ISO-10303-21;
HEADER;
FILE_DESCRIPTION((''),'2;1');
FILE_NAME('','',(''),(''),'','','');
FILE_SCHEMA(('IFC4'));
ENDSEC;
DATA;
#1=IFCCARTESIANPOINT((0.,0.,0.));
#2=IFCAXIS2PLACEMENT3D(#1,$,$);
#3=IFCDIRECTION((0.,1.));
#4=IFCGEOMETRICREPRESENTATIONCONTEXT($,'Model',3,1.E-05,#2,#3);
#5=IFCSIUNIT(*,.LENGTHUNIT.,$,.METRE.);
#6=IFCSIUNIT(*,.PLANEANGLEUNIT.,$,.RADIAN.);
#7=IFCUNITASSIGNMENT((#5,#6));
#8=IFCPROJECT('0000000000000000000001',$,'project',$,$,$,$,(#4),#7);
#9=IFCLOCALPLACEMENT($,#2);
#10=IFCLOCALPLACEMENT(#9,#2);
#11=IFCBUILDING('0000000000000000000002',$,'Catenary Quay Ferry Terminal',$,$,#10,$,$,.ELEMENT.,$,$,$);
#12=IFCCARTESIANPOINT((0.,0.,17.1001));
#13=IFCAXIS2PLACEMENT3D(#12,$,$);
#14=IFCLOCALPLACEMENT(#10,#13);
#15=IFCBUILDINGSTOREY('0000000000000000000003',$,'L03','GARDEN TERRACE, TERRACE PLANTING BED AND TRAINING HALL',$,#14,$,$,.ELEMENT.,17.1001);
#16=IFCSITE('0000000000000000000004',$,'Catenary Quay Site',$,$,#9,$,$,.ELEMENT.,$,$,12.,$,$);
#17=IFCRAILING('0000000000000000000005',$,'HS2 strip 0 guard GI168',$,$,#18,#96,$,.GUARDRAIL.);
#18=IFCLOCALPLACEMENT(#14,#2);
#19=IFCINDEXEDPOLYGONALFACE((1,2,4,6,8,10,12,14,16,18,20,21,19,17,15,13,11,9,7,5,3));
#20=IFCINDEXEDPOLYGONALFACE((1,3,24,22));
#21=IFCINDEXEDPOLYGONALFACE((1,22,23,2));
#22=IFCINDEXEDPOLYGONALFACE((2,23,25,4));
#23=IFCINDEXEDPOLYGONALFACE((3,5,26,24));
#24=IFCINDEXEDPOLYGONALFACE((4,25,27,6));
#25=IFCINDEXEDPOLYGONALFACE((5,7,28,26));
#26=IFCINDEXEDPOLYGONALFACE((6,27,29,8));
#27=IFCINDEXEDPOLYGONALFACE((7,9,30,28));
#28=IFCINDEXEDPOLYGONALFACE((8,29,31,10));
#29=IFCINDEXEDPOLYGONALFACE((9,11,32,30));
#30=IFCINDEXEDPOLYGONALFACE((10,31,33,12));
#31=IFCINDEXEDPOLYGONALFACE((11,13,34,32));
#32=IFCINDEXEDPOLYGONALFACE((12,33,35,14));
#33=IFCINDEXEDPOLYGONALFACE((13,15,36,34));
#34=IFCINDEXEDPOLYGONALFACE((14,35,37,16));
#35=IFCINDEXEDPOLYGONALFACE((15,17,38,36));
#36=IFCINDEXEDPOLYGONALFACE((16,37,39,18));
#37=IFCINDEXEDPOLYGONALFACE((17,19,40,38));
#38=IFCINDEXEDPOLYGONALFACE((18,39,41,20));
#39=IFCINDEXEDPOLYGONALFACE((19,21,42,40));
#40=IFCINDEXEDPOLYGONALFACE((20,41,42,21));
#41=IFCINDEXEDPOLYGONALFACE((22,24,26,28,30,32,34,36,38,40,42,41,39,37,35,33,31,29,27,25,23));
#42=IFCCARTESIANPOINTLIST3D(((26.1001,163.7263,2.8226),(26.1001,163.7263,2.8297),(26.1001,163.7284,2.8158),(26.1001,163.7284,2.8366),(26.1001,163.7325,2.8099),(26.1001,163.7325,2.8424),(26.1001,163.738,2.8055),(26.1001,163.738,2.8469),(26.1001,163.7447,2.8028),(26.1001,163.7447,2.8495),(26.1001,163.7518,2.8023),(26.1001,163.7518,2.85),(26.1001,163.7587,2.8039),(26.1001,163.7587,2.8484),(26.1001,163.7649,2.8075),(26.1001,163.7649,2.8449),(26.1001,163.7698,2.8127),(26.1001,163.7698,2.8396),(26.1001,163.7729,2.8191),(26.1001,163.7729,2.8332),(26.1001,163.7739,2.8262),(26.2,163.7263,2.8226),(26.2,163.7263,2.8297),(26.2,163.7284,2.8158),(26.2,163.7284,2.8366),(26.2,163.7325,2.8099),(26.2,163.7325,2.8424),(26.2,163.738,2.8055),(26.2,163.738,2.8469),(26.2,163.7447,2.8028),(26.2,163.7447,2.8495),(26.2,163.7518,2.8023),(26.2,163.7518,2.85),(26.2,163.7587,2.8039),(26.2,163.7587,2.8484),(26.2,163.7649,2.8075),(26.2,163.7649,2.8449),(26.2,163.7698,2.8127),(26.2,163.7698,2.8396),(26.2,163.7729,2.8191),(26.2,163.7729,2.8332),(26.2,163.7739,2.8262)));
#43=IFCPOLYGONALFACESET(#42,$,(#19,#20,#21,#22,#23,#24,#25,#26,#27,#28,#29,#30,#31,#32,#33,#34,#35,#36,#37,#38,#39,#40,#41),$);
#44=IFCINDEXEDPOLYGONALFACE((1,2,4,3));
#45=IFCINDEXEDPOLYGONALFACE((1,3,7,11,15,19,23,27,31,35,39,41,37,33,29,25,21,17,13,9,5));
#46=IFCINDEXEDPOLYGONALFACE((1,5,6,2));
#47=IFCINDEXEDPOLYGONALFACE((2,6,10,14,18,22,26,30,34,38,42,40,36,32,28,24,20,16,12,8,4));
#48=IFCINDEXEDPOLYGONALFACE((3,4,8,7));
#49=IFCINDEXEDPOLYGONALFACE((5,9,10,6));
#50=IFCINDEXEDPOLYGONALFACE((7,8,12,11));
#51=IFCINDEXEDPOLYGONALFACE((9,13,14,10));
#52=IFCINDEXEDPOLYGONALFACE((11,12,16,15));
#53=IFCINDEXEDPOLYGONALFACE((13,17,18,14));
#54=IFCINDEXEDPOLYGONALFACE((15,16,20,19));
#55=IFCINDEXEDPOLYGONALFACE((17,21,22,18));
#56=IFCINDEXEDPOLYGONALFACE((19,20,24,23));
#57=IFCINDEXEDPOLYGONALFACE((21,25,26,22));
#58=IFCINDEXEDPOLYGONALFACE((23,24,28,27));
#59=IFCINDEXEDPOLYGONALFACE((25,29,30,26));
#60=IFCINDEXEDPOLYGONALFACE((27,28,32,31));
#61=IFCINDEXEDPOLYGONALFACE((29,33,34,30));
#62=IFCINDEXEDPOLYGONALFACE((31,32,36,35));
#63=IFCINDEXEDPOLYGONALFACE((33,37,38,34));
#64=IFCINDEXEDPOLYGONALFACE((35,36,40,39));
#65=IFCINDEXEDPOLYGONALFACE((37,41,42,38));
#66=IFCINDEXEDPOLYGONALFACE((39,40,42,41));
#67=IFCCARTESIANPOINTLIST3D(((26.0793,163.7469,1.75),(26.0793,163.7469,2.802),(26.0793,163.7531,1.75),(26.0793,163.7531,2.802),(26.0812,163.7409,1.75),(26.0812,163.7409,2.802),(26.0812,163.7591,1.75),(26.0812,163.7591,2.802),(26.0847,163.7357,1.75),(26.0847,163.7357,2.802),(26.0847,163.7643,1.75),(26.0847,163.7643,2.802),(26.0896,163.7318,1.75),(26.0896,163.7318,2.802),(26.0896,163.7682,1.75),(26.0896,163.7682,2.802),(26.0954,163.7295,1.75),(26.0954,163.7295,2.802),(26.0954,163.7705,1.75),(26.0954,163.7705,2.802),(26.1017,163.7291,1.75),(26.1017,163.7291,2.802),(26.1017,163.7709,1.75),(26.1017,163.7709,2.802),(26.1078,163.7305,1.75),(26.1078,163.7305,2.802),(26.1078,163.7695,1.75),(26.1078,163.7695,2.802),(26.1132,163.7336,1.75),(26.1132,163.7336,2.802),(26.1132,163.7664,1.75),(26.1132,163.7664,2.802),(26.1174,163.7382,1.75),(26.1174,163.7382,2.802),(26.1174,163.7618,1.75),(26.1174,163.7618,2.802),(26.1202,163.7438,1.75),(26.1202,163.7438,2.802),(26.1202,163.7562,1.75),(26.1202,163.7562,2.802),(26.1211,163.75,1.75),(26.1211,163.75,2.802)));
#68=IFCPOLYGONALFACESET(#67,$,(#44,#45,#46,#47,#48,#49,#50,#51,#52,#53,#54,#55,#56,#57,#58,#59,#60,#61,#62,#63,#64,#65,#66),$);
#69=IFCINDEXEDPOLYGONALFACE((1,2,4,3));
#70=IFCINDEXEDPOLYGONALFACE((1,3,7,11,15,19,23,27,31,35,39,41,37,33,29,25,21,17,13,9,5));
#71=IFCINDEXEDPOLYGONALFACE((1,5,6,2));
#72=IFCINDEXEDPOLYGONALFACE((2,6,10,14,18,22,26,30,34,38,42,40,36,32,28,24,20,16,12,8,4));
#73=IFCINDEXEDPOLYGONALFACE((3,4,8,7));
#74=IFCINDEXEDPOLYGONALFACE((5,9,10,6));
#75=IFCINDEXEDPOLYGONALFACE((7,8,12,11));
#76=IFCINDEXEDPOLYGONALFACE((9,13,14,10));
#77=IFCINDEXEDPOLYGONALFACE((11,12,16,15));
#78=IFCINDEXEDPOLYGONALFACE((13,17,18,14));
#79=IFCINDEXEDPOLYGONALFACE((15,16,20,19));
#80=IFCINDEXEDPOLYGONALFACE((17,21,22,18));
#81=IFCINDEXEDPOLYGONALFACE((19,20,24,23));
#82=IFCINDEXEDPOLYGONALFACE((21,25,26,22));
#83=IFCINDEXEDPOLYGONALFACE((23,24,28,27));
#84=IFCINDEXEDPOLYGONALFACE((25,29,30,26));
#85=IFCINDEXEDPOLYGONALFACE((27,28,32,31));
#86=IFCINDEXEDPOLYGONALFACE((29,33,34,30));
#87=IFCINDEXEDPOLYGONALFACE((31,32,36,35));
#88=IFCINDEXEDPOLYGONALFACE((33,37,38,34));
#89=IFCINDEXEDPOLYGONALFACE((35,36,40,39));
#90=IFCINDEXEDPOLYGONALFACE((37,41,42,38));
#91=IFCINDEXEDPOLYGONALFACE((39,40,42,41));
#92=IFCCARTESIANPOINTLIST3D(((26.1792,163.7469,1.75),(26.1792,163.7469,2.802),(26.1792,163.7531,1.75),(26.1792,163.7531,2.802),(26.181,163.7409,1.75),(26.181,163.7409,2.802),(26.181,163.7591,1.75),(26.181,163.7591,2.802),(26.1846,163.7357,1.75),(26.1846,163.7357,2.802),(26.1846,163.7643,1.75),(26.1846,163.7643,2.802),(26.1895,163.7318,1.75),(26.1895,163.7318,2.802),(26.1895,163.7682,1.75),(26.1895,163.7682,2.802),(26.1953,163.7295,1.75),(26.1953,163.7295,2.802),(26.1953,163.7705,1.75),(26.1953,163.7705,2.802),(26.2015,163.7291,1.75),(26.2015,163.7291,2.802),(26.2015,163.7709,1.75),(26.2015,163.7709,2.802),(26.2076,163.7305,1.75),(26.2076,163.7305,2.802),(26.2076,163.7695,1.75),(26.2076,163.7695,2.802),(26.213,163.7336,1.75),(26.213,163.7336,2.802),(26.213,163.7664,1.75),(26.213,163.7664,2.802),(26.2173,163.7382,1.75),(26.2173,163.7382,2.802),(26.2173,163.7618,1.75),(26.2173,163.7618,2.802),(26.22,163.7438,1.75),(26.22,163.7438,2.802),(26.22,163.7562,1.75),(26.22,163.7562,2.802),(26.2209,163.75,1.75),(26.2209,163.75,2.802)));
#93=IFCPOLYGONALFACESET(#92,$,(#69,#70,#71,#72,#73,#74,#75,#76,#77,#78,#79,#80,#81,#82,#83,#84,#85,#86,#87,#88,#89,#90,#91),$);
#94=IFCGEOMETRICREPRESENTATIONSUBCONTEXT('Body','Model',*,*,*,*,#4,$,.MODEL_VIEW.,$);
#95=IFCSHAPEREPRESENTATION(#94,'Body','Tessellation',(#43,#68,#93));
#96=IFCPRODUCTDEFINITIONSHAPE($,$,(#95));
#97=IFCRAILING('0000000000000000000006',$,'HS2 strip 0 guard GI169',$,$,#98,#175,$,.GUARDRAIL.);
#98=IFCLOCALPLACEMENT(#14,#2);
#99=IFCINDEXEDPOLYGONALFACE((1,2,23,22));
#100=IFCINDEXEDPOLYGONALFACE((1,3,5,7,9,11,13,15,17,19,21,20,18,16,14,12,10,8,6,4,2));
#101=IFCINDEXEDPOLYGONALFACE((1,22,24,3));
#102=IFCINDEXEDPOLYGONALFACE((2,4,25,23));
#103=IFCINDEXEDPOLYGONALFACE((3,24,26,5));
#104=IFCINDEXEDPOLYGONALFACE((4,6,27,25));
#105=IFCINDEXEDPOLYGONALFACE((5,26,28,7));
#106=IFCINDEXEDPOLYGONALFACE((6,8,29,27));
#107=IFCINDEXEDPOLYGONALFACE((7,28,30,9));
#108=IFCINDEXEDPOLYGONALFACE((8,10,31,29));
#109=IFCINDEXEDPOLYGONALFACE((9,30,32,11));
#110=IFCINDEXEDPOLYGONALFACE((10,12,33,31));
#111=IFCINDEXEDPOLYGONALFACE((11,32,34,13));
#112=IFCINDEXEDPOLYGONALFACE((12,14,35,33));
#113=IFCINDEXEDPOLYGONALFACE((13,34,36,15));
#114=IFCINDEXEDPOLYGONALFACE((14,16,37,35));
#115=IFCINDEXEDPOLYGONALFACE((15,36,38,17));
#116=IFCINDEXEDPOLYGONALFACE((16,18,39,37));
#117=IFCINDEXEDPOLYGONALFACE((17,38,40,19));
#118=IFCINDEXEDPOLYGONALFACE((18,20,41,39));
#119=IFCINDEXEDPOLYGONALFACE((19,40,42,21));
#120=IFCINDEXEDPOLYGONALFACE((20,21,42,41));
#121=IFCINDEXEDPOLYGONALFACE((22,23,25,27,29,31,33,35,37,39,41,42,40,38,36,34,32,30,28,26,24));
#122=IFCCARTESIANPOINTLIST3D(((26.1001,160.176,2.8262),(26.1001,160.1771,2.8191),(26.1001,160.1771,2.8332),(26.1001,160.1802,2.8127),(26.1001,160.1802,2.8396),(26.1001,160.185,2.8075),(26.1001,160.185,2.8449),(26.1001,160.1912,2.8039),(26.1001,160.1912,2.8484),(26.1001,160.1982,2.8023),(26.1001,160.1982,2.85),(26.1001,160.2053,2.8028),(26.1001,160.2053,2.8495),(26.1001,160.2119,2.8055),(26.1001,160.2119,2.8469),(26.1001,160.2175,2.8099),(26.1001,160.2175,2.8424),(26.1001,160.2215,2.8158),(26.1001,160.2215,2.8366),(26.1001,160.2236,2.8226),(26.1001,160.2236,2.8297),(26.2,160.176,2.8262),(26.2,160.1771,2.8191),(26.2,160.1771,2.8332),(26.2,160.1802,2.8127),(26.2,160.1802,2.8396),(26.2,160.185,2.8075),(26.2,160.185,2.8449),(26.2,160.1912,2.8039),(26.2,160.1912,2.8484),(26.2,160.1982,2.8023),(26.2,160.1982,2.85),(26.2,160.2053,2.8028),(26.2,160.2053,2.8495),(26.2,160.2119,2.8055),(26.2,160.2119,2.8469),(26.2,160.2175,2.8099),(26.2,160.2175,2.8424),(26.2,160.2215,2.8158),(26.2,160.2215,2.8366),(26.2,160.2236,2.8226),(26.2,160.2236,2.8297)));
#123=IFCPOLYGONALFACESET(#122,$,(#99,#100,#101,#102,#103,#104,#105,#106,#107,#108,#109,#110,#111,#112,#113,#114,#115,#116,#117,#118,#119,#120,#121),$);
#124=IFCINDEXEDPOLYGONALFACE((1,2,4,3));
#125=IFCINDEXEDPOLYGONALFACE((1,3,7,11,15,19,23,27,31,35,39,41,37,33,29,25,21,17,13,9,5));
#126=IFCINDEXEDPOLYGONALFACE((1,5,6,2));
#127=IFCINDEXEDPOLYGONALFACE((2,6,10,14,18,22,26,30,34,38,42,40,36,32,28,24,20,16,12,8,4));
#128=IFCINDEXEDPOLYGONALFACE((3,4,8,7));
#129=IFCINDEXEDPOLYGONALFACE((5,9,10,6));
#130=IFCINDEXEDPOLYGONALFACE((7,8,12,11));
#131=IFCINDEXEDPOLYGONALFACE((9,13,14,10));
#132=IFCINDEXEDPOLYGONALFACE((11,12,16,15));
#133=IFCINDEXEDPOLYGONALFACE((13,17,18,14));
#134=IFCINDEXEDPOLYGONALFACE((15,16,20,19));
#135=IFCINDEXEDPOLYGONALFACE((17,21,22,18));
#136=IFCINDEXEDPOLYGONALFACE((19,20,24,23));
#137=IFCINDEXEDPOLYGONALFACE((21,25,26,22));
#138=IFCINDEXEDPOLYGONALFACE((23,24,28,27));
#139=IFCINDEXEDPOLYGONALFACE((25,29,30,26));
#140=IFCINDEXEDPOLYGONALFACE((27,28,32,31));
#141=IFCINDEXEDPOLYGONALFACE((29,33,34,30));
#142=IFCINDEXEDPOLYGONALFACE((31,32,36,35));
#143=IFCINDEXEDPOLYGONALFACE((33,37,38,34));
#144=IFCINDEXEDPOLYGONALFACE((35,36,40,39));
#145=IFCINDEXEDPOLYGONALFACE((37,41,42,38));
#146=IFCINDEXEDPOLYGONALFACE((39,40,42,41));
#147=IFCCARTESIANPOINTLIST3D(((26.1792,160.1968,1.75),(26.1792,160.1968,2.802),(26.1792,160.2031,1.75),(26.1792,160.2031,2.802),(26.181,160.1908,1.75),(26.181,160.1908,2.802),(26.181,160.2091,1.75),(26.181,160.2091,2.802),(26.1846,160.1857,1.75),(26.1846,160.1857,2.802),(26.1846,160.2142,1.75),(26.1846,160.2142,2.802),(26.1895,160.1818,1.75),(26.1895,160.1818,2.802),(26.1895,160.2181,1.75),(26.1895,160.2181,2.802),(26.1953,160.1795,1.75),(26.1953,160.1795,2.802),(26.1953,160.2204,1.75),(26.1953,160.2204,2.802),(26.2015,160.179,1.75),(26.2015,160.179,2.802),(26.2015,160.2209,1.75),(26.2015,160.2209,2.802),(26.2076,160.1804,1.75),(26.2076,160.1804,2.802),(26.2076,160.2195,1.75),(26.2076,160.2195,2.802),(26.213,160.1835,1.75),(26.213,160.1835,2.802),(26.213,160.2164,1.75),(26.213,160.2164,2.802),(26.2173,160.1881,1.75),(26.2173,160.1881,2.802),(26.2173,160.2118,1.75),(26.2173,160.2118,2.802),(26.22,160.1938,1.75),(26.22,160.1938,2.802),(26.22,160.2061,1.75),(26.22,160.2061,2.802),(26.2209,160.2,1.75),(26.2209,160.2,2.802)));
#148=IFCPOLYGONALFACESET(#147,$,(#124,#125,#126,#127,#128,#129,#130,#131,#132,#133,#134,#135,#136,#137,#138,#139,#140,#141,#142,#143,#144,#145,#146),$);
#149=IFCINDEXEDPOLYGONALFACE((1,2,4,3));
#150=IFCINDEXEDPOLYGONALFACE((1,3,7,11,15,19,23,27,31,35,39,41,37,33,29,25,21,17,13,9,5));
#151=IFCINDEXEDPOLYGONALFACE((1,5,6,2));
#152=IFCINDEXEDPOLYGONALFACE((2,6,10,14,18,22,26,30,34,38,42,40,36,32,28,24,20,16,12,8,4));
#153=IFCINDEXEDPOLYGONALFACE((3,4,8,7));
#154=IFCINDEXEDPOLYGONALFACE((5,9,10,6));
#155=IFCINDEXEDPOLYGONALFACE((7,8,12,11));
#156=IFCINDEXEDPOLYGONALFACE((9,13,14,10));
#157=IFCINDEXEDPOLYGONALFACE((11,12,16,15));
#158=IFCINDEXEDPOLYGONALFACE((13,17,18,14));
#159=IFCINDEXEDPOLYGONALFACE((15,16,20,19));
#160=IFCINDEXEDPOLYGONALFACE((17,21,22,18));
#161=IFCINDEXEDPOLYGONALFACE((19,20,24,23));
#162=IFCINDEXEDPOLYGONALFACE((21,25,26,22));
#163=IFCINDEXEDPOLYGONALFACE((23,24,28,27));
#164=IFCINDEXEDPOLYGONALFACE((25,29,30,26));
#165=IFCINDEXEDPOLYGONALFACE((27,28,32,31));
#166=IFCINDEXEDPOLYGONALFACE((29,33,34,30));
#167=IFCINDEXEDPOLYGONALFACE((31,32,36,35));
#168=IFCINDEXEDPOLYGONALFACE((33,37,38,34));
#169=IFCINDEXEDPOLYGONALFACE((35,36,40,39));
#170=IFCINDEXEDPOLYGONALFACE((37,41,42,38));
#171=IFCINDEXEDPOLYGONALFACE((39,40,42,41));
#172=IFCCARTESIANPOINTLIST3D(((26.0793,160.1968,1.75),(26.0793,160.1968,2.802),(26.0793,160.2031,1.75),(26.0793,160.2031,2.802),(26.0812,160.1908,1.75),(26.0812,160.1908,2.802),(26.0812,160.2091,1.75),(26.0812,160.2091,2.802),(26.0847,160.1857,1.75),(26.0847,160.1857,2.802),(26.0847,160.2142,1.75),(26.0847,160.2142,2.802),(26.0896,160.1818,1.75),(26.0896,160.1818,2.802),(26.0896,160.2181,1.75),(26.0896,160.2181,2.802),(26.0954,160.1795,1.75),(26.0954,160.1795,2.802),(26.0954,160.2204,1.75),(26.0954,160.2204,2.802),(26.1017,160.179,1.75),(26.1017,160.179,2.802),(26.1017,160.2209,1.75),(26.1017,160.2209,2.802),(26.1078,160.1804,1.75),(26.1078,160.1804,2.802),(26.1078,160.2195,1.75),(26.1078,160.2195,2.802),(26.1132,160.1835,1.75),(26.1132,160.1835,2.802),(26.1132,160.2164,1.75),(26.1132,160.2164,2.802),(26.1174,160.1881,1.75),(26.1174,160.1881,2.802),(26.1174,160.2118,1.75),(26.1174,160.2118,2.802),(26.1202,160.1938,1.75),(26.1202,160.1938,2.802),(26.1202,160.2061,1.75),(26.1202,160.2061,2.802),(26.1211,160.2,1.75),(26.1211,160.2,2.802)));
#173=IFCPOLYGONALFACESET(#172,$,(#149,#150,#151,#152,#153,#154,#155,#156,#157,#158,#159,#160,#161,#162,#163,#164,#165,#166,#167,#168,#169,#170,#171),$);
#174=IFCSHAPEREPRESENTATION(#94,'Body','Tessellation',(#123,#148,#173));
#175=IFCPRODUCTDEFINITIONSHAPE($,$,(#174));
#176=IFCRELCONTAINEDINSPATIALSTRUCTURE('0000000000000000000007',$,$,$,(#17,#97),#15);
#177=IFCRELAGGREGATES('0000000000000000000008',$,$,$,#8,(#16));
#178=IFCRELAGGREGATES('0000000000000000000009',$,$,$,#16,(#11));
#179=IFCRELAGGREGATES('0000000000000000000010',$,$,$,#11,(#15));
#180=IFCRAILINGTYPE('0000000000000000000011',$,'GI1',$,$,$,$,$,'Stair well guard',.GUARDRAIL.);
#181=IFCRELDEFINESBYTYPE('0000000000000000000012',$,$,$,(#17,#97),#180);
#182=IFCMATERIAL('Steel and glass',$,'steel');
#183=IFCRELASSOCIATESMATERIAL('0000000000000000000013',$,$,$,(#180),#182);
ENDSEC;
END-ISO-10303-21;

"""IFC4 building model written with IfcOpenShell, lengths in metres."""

from ifc_helpers import new_model, si_unit, direction, frame, origin, origin_2d, place, context, subcontext, project, spatial, circle, extrude, material, type_object, element, save


model = new_model("IFC4")

# Units and contexts
model_context = context("Model", 3, precision=1e-05, world=origin(), true_north=direction((0.0, 1.0)))
body_context = subcontext(model_context, "Body", "Model", "MODEL_VIEW")
ifc_project = project(units=[si_unit("LENGTHUNIT", "METRE"), si_unit("PLANEANGLEUNIT", "RADIAN")], contexts=[model_context])

# Site, building, storey
site_placement = place(None, origin())
site = spatial("IfcSite", under=ifc_project, at=site_placement, Name="Catenary Quay Site", CompositionType="ELEMENT", RefElevation=12.0)
building_placement = place(site_placement, origin())
building = spatial("IfcBuilding", under=site, at=building_placement, Name="Catenary Quay Ferry Terminal", CompositionType="ELEMENT")
storey_placement = place(building_placement, frame((0.0, 0.0, 17.1001)))
storey = spatial("IfcBuildingStorey", under=building, at=storey_placement, Name="L03", Description="GARDEN TERRACE, TERRACE PLANTING BED AND TRAINING HALL", CompositionType="ELEMENT", Elevation=17.1001)

# Railings
ifc_material_1 = material(Name="Steel and glass", Category="steel")
railing_type = type_object("IfcRailingType", Name="GI1", ElementType="Stair well guard", PredefinedType="GUARDRAIL", material=ifc_material_1)
railing_1_placement = place(storey_placement, frame((26.1001, 163.75, 1.75)))
element("IfcRailing", 1, at=railing_1_placement, inside=storey, type_object=railing_type, Name="HS2 strip 0 guard GI168", PredefinedType="GUARDRAIL", context=body_context, shape_type="SweptSolid", body=[
    extrude(circle(Radius=0.0239, at=origin_2d()), frame((0.0, 0.0, 1.0762), z_axis=(1.0, 0.0, 0.0), x_axis=(0.0, 1.0, 0.0)), (0.0, 0.0, 1.0), 0.0999),
    extrude(circle(Radius=0.021, at=origin_2d()), origin(), (0.0, 0.0, 1.0), 1.052),
    extrude(circle(Radius=0.021, at=origin_2d()), frame((0.0999, 0.0, 0.0)), (0.0, 0.0, 1.0), 1.052),
])
railing_2_placement = place(storey_placement, frame((26.2, 160.2, 1.75)))
element("IfcRailing", 2, at=railing_2_placement, inside=storey, type_object=railing_type, Name="HS2 strip 0 guard GI169", PredefinedType="GUARDRAIL", context=body_context, shape_type="SweptSolid", body=[
    extrude(circle(Radius=0.0239, at=origin_2d()), frame((0.0, 0.0, 1.0762), z_axis=(-1.0, 0.0, 0.0), x_axis=(0.0, -1.0, 0.0)), (0.0, 0.0, 1.0), 0.0999),
    extrude(circle(Radius=0.021, at=origin_2d()), origin(), (0.0, 0.0, 1.0), 1.052),
    extrude(circle(Radius=0.021, at=origin_2d()), frame((-0.0999, 0.0, 0.0)), (0.0, 0.0, 1.0), 1.052),
])

save(model, "model.ifc")
